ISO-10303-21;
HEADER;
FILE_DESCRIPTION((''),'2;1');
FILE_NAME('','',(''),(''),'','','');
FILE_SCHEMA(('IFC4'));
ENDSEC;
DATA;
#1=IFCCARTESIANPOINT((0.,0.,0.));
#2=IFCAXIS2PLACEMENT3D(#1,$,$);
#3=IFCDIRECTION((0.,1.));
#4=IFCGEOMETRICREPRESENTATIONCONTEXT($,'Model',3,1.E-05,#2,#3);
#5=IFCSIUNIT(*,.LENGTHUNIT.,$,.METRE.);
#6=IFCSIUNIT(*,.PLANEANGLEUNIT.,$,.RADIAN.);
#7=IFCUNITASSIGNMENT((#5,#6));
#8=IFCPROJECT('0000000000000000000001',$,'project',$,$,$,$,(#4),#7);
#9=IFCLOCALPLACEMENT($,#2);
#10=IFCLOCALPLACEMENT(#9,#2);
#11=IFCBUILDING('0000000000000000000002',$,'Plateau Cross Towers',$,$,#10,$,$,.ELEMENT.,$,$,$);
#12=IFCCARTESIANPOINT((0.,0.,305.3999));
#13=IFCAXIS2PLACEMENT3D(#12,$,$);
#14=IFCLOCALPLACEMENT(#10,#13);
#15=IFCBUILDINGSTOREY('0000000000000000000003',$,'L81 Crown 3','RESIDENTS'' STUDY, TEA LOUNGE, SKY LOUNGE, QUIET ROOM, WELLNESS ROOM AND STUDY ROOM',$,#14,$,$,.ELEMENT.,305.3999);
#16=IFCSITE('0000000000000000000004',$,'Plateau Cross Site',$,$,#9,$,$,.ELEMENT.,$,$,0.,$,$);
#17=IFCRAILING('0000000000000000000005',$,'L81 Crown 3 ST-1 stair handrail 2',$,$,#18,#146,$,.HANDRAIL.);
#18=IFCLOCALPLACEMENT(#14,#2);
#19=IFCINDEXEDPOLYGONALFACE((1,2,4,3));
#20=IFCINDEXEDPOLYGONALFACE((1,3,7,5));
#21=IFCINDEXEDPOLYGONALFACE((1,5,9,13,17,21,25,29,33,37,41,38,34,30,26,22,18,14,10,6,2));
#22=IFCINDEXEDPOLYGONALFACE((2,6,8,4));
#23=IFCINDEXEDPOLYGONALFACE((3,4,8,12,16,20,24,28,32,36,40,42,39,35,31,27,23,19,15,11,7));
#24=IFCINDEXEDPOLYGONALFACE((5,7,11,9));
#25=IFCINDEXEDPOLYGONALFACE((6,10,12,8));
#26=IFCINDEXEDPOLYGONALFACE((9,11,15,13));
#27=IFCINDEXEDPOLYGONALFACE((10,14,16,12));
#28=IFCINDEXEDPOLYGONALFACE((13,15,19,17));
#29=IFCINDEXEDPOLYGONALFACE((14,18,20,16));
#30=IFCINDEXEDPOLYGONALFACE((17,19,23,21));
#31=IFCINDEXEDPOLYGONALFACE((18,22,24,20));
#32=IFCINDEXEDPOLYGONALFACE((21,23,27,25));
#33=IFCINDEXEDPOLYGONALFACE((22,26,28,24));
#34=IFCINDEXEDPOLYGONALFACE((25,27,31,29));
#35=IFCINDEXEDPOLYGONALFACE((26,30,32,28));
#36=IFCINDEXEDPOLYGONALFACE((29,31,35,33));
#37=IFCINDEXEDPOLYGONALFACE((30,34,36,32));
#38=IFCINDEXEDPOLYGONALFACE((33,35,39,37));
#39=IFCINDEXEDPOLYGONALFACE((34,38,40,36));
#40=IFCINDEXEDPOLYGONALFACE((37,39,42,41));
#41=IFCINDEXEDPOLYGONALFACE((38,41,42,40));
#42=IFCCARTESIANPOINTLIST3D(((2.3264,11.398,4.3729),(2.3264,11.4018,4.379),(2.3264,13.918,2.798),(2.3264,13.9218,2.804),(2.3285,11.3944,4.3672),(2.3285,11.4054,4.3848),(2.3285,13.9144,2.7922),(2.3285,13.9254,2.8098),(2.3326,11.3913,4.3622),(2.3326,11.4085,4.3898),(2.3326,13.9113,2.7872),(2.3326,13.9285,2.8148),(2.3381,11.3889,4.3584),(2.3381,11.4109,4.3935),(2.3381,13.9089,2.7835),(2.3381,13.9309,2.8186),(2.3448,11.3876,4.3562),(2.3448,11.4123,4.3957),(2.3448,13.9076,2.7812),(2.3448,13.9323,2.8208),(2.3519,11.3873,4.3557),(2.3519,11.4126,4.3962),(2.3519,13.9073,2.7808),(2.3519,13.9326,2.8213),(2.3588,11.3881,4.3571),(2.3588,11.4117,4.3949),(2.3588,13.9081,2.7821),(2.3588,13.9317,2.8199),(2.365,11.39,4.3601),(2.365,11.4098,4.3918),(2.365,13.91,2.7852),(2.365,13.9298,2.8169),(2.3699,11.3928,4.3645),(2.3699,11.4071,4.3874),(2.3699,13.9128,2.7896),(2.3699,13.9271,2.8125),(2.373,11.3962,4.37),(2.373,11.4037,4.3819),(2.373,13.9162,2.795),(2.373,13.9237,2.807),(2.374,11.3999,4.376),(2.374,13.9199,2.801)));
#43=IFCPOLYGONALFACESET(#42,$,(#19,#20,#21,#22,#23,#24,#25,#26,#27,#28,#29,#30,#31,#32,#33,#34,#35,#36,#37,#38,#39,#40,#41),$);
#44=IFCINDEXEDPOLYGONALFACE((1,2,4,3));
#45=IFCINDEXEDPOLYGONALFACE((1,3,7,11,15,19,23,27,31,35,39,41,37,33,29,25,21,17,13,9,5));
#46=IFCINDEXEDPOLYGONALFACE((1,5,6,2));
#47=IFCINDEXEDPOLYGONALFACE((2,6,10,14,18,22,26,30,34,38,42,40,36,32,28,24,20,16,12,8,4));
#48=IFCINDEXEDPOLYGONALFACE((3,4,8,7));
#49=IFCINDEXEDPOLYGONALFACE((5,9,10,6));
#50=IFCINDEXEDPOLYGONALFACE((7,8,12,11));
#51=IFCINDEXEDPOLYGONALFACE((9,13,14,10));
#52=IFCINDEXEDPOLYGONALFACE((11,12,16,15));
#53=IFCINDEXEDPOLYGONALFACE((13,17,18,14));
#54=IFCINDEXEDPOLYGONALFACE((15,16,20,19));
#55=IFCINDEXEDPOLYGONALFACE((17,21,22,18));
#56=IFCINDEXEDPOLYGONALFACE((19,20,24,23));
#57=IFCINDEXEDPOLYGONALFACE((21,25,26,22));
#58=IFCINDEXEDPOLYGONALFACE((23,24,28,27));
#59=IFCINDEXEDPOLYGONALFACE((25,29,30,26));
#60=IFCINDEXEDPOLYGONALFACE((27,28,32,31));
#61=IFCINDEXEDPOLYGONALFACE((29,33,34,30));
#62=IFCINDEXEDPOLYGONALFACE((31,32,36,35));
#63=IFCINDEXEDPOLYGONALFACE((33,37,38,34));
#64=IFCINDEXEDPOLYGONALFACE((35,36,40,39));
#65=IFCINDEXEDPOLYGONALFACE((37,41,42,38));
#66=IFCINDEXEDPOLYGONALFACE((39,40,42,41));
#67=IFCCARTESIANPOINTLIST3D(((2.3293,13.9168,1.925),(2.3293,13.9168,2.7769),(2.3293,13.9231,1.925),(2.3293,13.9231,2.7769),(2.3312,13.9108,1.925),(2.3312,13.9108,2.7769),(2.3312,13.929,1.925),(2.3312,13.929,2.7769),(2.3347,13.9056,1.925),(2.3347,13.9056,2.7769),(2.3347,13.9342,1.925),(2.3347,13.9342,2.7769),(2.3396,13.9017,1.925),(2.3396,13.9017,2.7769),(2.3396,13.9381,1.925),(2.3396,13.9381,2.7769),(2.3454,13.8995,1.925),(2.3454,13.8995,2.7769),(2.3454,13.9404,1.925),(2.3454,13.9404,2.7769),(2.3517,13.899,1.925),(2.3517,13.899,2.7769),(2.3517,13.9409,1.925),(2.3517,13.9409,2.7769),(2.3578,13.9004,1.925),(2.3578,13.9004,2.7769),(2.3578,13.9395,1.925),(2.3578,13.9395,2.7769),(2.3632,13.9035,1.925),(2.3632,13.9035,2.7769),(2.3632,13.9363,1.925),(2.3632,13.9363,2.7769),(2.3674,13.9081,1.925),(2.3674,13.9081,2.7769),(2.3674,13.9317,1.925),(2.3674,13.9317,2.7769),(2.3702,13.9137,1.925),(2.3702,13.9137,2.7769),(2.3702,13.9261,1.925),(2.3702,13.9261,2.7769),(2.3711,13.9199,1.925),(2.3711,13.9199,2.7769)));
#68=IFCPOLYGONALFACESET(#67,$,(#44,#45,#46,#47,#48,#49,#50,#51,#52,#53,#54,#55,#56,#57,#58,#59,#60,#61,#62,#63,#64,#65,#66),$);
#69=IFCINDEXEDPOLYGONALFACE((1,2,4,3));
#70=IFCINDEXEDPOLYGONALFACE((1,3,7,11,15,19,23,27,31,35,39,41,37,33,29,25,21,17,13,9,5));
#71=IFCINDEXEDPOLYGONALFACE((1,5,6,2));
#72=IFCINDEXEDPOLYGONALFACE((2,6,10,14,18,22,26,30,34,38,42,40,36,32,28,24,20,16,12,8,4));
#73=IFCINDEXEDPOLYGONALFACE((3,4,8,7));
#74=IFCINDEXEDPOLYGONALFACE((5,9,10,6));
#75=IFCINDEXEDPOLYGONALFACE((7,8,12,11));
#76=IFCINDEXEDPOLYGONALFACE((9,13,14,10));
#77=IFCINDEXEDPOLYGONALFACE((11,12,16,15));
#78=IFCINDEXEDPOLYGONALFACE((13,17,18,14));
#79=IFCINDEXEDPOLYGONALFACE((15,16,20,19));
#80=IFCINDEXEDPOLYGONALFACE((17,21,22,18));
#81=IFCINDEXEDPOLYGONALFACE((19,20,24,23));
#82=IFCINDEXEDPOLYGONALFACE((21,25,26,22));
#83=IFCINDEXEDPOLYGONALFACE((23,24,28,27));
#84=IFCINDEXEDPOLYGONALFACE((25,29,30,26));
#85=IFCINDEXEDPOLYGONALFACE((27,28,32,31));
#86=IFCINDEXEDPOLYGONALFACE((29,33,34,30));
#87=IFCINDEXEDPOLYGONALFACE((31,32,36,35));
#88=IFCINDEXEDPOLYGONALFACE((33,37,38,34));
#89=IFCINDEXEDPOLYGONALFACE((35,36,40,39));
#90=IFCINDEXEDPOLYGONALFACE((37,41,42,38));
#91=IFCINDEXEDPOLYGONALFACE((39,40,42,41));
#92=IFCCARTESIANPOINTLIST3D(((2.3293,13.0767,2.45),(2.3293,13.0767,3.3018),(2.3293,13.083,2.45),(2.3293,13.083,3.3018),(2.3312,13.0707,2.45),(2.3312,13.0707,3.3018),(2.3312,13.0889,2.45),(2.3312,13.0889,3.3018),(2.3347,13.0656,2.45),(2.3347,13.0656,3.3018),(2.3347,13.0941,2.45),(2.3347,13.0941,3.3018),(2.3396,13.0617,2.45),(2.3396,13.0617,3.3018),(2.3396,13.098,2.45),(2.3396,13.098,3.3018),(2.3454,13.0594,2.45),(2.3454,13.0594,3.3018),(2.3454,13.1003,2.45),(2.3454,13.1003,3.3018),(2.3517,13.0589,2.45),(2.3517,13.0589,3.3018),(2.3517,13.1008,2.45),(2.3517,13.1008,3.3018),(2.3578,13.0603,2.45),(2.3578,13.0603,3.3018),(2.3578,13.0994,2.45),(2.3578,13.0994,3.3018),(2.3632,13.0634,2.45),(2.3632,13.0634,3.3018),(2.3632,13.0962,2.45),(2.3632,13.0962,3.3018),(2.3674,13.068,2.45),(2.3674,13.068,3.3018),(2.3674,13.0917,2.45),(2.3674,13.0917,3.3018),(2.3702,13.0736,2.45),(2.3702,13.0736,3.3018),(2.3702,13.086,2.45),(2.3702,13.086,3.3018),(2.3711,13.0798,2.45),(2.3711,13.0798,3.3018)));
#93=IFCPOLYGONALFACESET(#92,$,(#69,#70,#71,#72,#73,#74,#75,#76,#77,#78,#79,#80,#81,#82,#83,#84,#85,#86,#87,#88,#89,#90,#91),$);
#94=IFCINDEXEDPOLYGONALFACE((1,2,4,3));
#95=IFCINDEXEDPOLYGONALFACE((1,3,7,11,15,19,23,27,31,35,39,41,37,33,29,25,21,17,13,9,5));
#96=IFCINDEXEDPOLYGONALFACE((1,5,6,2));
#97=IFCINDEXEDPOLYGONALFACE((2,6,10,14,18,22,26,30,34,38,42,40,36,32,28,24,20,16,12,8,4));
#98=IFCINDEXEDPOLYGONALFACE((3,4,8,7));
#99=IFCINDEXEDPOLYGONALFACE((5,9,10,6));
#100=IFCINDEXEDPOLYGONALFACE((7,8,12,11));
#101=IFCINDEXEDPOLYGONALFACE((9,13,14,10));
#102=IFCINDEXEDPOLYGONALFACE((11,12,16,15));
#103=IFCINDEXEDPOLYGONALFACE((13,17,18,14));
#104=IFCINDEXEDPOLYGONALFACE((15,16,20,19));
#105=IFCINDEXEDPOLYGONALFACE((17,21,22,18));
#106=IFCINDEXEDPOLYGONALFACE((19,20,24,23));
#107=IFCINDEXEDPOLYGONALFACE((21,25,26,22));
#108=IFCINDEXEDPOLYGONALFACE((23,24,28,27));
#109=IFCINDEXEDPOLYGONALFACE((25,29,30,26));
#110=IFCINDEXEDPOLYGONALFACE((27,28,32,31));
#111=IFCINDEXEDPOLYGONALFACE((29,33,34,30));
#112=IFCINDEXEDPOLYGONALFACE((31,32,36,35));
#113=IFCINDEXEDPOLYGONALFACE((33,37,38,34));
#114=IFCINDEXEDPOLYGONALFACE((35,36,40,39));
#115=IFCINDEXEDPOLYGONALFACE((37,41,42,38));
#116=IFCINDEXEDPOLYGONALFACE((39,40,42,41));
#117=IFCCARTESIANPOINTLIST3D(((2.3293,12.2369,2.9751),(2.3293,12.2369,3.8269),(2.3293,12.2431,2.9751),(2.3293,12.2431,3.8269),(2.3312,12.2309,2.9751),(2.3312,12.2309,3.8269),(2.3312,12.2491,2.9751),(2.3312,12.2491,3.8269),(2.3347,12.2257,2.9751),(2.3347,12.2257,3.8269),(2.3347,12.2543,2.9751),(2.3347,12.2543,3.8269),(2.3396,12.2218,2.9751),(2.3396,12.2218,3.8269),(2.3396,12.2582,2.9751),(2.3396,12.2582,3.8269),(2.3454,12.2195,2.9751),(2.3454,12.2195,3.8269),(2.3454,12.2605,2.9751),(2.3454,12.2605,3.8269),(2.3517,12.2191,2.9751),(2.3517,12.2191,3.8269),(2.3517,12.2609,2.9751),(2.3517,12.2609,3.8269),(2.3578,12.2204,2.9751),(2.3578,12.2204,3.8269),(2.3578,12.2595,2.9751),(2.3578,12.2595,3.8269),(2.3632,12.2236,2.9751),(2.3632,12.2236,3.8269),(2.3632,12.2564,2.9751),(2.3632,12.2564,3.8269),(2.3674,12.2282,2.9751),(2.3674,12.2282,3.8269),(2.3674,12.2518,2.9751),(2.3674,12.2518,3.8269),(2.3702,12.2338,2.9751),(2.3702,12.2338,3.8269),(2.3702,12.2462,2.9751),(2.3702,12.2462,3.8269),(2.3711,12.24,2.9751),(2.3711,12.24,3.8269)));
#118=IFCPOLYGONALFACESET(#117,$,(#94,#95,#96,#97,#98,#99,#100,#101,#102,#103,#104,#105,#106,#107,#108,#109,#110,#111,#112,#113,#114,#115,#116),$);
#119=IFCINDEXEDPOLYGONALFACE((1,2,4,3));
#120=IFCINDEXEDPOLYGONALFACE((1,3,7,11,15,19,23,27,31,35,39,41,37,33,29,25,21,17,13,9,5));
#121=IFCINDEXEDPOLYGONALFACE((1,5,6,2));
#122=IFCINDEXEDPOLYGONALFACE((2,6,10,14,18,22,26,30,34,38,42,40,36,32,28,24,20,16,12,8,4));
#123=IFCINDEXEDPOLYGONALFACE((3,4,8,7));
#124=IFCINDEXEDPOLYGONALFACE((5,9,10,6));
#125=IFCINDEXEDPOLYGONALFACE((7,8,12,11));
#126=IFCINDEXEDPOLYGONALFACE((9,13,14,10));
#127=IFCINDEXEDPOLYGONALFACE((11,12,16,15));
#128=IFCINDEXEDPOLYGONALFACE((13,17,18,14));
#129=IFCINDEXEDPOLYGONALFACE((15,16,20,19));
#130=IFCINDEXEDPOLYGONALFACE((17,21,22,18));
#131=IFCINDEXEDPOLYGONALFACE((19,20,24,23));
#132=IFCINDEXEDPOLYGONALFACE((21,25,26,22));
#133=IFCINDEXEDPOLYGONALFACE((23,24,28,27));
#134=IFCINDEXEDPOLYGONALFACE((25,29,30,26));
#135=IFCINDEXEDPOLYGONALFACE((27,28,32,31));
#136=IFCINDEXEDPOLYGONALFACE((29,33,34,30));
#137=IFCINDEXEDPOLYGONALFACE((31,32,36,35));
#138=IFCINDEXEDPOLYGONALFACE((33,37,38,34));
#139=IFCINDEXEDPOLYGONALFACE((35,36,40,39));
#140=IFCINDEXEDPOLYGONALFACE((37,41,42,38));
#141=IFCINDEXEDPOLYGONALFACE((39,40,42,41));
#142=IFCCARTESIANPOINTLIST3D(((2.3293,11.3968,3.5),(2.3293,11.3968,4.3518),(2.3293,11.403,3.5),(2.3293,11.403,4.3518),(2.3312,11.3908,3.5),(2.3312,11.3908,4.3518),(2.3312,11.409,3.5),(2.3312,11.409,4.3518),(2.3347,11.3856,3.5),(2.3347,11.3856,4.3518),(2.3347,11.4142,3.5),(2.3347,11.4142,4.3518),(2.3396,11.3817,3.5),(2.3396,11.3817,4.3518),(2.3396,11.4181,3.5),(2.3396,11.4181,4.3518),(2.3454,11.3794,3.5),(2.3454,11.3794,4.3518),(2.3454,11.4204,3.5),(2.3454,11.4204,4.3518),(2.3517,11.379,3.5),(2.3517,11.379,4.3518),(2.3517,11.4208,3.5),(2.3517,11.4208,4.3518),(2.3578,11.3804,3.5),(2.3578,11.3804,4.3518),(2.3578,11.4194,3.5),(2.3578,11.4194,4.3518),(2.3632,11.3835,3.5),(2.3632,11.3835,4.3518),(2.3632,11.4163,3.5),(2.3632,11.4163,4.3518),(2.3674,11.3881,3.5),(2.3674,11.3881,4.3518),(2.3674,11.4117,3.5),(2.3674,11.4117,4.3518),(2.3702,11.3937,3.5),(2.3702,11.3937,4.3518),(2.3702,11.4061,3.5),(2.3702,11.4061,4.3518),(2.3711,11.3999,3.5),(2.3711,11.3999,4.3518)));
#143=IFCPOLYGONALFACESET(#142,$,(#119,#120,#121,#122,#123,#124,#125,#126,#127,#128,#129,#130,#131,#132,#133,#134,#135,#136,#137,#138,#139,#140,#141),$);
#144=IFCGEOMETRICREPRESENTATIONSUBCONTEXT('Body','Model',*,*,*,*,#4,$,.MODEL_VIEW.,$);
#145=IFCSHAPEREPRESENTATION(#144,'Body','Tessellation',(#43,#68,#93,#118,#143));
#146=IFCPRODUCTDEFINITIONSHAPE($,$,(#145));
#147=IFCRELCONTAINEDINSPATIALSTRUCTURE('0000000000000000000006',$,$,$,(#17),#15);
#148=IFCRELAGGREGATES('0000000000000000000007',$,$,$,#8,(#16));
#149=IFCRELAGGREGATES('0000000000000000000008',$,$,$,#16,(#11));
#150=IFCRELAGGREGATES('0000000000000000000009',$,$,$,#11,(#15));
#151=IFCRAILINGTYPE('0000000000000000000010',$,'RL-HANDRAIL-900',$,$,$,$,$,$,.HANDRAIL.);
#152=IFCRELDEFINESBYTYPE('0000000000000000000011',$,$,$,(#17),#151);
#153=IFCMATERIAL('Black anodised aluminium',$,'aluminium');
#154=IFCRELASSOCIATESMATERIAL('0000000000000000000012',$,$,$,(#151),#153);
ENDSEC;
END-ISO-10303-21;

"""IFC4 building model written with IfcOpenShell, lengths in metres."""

from ifc_helpers import new_model, si_unit, direction, frame, origin, origin_2d, place, context, subcontext, project, spatial, circle, extrude, material, type_object, element, save


model = new_model("IFC4")

# Units and contexts
model_context = context("Model", 3, precision=1e-05, world=origin(), true_north=direction((0.0, 1.0)))
body_context = subcontext(model_context, "Body", "Model", "MODEL_VIEW")
ifc_project = project(units=[si_unit("LENGTHUNIT", "METRE"), si_unit("PLANEANGLEUNIT", "RADIAN")], contexts=[model_context])

# Site, building, storey
site_placement = place(None, origin())
site = spatial("IfcSite", under=ifc_project, at=site_placement, Name="Plateau Cross Site", CompositionType="ELEMENT", RefElevation=0.0)
building_placement = place(site_placement, origin())
building = spatial("IfcBuilding", under=site, at=building_placement, Name="Plateau Cross Towers", CompositionType="ELEMENT")
storey_placement = place(building_placement, frame((0.0, 0.0, 305.3999)))
storey = spatial("IfcBuildingStorey", under=building, at=storey_placement, Name="L81 Crown 3", Description="RESIDENTS' STUDY, TEA LOUNGE, SKY LOUNGE, QUIET ROOM, WELLNESS ROOM AND STUDY ROOM", CompositionType="ELEMENT", Elevation=305.3999)

# Shared definitions
ifc_material_1 = material(Name="Black anodised aluminium", Category="aluminium")

# Railing
railing_type_1 = type_object("IfcRailingType", Name="RL-HANDRAIL-900", PredefinedType="HANDRAIL", material=ifc_material_1)
railing_1_placement = place(storey_placement, frame((2.3501, 13.9199, 1.925)))
element("IfcRailing", 1, at=railing_1_placement, inside=storey, type_object=railing_type_1, Name="L81 Crown 3 ST-1 stair handrail 2", PredefinedType="HANDRAIL", context=body_context, shape_type="SweptSolid", body=[
    extrude(circle(Radius=0.0239, at=origin_2d()), frame((0.0, 0.0, 0.876), z_axis=(0.0, -0.848008, 0.529984), x_axis=(1.0, 0.0, 0.0)), (0.0, 0.0, 1.0), 2.9717),
    extrude(circle(Radius=0.021, at=origin_2d()), origin(), (0.0, 0.0, 1.0), 0.8518),
    extrude(circle(Radius=0.021, at=origin_2d()), frame((0.0, -0.8401, 0.5249)), (0.0, 0.0, 1.0), 0.8518),
    extrude(circle(Radius=0.021, at=origin_2d()), frame((0.0, -1.6799, 1.05)), (0.0, 0.0, 1.0), 0.8518),
    extrude(circle(Radius=0.021, at=origin_2d()), frame((0.0, -2.52, 1.575)), (0.0, 0.0, 1.0), 0.8518),
])

save(model, "model.ifc")
